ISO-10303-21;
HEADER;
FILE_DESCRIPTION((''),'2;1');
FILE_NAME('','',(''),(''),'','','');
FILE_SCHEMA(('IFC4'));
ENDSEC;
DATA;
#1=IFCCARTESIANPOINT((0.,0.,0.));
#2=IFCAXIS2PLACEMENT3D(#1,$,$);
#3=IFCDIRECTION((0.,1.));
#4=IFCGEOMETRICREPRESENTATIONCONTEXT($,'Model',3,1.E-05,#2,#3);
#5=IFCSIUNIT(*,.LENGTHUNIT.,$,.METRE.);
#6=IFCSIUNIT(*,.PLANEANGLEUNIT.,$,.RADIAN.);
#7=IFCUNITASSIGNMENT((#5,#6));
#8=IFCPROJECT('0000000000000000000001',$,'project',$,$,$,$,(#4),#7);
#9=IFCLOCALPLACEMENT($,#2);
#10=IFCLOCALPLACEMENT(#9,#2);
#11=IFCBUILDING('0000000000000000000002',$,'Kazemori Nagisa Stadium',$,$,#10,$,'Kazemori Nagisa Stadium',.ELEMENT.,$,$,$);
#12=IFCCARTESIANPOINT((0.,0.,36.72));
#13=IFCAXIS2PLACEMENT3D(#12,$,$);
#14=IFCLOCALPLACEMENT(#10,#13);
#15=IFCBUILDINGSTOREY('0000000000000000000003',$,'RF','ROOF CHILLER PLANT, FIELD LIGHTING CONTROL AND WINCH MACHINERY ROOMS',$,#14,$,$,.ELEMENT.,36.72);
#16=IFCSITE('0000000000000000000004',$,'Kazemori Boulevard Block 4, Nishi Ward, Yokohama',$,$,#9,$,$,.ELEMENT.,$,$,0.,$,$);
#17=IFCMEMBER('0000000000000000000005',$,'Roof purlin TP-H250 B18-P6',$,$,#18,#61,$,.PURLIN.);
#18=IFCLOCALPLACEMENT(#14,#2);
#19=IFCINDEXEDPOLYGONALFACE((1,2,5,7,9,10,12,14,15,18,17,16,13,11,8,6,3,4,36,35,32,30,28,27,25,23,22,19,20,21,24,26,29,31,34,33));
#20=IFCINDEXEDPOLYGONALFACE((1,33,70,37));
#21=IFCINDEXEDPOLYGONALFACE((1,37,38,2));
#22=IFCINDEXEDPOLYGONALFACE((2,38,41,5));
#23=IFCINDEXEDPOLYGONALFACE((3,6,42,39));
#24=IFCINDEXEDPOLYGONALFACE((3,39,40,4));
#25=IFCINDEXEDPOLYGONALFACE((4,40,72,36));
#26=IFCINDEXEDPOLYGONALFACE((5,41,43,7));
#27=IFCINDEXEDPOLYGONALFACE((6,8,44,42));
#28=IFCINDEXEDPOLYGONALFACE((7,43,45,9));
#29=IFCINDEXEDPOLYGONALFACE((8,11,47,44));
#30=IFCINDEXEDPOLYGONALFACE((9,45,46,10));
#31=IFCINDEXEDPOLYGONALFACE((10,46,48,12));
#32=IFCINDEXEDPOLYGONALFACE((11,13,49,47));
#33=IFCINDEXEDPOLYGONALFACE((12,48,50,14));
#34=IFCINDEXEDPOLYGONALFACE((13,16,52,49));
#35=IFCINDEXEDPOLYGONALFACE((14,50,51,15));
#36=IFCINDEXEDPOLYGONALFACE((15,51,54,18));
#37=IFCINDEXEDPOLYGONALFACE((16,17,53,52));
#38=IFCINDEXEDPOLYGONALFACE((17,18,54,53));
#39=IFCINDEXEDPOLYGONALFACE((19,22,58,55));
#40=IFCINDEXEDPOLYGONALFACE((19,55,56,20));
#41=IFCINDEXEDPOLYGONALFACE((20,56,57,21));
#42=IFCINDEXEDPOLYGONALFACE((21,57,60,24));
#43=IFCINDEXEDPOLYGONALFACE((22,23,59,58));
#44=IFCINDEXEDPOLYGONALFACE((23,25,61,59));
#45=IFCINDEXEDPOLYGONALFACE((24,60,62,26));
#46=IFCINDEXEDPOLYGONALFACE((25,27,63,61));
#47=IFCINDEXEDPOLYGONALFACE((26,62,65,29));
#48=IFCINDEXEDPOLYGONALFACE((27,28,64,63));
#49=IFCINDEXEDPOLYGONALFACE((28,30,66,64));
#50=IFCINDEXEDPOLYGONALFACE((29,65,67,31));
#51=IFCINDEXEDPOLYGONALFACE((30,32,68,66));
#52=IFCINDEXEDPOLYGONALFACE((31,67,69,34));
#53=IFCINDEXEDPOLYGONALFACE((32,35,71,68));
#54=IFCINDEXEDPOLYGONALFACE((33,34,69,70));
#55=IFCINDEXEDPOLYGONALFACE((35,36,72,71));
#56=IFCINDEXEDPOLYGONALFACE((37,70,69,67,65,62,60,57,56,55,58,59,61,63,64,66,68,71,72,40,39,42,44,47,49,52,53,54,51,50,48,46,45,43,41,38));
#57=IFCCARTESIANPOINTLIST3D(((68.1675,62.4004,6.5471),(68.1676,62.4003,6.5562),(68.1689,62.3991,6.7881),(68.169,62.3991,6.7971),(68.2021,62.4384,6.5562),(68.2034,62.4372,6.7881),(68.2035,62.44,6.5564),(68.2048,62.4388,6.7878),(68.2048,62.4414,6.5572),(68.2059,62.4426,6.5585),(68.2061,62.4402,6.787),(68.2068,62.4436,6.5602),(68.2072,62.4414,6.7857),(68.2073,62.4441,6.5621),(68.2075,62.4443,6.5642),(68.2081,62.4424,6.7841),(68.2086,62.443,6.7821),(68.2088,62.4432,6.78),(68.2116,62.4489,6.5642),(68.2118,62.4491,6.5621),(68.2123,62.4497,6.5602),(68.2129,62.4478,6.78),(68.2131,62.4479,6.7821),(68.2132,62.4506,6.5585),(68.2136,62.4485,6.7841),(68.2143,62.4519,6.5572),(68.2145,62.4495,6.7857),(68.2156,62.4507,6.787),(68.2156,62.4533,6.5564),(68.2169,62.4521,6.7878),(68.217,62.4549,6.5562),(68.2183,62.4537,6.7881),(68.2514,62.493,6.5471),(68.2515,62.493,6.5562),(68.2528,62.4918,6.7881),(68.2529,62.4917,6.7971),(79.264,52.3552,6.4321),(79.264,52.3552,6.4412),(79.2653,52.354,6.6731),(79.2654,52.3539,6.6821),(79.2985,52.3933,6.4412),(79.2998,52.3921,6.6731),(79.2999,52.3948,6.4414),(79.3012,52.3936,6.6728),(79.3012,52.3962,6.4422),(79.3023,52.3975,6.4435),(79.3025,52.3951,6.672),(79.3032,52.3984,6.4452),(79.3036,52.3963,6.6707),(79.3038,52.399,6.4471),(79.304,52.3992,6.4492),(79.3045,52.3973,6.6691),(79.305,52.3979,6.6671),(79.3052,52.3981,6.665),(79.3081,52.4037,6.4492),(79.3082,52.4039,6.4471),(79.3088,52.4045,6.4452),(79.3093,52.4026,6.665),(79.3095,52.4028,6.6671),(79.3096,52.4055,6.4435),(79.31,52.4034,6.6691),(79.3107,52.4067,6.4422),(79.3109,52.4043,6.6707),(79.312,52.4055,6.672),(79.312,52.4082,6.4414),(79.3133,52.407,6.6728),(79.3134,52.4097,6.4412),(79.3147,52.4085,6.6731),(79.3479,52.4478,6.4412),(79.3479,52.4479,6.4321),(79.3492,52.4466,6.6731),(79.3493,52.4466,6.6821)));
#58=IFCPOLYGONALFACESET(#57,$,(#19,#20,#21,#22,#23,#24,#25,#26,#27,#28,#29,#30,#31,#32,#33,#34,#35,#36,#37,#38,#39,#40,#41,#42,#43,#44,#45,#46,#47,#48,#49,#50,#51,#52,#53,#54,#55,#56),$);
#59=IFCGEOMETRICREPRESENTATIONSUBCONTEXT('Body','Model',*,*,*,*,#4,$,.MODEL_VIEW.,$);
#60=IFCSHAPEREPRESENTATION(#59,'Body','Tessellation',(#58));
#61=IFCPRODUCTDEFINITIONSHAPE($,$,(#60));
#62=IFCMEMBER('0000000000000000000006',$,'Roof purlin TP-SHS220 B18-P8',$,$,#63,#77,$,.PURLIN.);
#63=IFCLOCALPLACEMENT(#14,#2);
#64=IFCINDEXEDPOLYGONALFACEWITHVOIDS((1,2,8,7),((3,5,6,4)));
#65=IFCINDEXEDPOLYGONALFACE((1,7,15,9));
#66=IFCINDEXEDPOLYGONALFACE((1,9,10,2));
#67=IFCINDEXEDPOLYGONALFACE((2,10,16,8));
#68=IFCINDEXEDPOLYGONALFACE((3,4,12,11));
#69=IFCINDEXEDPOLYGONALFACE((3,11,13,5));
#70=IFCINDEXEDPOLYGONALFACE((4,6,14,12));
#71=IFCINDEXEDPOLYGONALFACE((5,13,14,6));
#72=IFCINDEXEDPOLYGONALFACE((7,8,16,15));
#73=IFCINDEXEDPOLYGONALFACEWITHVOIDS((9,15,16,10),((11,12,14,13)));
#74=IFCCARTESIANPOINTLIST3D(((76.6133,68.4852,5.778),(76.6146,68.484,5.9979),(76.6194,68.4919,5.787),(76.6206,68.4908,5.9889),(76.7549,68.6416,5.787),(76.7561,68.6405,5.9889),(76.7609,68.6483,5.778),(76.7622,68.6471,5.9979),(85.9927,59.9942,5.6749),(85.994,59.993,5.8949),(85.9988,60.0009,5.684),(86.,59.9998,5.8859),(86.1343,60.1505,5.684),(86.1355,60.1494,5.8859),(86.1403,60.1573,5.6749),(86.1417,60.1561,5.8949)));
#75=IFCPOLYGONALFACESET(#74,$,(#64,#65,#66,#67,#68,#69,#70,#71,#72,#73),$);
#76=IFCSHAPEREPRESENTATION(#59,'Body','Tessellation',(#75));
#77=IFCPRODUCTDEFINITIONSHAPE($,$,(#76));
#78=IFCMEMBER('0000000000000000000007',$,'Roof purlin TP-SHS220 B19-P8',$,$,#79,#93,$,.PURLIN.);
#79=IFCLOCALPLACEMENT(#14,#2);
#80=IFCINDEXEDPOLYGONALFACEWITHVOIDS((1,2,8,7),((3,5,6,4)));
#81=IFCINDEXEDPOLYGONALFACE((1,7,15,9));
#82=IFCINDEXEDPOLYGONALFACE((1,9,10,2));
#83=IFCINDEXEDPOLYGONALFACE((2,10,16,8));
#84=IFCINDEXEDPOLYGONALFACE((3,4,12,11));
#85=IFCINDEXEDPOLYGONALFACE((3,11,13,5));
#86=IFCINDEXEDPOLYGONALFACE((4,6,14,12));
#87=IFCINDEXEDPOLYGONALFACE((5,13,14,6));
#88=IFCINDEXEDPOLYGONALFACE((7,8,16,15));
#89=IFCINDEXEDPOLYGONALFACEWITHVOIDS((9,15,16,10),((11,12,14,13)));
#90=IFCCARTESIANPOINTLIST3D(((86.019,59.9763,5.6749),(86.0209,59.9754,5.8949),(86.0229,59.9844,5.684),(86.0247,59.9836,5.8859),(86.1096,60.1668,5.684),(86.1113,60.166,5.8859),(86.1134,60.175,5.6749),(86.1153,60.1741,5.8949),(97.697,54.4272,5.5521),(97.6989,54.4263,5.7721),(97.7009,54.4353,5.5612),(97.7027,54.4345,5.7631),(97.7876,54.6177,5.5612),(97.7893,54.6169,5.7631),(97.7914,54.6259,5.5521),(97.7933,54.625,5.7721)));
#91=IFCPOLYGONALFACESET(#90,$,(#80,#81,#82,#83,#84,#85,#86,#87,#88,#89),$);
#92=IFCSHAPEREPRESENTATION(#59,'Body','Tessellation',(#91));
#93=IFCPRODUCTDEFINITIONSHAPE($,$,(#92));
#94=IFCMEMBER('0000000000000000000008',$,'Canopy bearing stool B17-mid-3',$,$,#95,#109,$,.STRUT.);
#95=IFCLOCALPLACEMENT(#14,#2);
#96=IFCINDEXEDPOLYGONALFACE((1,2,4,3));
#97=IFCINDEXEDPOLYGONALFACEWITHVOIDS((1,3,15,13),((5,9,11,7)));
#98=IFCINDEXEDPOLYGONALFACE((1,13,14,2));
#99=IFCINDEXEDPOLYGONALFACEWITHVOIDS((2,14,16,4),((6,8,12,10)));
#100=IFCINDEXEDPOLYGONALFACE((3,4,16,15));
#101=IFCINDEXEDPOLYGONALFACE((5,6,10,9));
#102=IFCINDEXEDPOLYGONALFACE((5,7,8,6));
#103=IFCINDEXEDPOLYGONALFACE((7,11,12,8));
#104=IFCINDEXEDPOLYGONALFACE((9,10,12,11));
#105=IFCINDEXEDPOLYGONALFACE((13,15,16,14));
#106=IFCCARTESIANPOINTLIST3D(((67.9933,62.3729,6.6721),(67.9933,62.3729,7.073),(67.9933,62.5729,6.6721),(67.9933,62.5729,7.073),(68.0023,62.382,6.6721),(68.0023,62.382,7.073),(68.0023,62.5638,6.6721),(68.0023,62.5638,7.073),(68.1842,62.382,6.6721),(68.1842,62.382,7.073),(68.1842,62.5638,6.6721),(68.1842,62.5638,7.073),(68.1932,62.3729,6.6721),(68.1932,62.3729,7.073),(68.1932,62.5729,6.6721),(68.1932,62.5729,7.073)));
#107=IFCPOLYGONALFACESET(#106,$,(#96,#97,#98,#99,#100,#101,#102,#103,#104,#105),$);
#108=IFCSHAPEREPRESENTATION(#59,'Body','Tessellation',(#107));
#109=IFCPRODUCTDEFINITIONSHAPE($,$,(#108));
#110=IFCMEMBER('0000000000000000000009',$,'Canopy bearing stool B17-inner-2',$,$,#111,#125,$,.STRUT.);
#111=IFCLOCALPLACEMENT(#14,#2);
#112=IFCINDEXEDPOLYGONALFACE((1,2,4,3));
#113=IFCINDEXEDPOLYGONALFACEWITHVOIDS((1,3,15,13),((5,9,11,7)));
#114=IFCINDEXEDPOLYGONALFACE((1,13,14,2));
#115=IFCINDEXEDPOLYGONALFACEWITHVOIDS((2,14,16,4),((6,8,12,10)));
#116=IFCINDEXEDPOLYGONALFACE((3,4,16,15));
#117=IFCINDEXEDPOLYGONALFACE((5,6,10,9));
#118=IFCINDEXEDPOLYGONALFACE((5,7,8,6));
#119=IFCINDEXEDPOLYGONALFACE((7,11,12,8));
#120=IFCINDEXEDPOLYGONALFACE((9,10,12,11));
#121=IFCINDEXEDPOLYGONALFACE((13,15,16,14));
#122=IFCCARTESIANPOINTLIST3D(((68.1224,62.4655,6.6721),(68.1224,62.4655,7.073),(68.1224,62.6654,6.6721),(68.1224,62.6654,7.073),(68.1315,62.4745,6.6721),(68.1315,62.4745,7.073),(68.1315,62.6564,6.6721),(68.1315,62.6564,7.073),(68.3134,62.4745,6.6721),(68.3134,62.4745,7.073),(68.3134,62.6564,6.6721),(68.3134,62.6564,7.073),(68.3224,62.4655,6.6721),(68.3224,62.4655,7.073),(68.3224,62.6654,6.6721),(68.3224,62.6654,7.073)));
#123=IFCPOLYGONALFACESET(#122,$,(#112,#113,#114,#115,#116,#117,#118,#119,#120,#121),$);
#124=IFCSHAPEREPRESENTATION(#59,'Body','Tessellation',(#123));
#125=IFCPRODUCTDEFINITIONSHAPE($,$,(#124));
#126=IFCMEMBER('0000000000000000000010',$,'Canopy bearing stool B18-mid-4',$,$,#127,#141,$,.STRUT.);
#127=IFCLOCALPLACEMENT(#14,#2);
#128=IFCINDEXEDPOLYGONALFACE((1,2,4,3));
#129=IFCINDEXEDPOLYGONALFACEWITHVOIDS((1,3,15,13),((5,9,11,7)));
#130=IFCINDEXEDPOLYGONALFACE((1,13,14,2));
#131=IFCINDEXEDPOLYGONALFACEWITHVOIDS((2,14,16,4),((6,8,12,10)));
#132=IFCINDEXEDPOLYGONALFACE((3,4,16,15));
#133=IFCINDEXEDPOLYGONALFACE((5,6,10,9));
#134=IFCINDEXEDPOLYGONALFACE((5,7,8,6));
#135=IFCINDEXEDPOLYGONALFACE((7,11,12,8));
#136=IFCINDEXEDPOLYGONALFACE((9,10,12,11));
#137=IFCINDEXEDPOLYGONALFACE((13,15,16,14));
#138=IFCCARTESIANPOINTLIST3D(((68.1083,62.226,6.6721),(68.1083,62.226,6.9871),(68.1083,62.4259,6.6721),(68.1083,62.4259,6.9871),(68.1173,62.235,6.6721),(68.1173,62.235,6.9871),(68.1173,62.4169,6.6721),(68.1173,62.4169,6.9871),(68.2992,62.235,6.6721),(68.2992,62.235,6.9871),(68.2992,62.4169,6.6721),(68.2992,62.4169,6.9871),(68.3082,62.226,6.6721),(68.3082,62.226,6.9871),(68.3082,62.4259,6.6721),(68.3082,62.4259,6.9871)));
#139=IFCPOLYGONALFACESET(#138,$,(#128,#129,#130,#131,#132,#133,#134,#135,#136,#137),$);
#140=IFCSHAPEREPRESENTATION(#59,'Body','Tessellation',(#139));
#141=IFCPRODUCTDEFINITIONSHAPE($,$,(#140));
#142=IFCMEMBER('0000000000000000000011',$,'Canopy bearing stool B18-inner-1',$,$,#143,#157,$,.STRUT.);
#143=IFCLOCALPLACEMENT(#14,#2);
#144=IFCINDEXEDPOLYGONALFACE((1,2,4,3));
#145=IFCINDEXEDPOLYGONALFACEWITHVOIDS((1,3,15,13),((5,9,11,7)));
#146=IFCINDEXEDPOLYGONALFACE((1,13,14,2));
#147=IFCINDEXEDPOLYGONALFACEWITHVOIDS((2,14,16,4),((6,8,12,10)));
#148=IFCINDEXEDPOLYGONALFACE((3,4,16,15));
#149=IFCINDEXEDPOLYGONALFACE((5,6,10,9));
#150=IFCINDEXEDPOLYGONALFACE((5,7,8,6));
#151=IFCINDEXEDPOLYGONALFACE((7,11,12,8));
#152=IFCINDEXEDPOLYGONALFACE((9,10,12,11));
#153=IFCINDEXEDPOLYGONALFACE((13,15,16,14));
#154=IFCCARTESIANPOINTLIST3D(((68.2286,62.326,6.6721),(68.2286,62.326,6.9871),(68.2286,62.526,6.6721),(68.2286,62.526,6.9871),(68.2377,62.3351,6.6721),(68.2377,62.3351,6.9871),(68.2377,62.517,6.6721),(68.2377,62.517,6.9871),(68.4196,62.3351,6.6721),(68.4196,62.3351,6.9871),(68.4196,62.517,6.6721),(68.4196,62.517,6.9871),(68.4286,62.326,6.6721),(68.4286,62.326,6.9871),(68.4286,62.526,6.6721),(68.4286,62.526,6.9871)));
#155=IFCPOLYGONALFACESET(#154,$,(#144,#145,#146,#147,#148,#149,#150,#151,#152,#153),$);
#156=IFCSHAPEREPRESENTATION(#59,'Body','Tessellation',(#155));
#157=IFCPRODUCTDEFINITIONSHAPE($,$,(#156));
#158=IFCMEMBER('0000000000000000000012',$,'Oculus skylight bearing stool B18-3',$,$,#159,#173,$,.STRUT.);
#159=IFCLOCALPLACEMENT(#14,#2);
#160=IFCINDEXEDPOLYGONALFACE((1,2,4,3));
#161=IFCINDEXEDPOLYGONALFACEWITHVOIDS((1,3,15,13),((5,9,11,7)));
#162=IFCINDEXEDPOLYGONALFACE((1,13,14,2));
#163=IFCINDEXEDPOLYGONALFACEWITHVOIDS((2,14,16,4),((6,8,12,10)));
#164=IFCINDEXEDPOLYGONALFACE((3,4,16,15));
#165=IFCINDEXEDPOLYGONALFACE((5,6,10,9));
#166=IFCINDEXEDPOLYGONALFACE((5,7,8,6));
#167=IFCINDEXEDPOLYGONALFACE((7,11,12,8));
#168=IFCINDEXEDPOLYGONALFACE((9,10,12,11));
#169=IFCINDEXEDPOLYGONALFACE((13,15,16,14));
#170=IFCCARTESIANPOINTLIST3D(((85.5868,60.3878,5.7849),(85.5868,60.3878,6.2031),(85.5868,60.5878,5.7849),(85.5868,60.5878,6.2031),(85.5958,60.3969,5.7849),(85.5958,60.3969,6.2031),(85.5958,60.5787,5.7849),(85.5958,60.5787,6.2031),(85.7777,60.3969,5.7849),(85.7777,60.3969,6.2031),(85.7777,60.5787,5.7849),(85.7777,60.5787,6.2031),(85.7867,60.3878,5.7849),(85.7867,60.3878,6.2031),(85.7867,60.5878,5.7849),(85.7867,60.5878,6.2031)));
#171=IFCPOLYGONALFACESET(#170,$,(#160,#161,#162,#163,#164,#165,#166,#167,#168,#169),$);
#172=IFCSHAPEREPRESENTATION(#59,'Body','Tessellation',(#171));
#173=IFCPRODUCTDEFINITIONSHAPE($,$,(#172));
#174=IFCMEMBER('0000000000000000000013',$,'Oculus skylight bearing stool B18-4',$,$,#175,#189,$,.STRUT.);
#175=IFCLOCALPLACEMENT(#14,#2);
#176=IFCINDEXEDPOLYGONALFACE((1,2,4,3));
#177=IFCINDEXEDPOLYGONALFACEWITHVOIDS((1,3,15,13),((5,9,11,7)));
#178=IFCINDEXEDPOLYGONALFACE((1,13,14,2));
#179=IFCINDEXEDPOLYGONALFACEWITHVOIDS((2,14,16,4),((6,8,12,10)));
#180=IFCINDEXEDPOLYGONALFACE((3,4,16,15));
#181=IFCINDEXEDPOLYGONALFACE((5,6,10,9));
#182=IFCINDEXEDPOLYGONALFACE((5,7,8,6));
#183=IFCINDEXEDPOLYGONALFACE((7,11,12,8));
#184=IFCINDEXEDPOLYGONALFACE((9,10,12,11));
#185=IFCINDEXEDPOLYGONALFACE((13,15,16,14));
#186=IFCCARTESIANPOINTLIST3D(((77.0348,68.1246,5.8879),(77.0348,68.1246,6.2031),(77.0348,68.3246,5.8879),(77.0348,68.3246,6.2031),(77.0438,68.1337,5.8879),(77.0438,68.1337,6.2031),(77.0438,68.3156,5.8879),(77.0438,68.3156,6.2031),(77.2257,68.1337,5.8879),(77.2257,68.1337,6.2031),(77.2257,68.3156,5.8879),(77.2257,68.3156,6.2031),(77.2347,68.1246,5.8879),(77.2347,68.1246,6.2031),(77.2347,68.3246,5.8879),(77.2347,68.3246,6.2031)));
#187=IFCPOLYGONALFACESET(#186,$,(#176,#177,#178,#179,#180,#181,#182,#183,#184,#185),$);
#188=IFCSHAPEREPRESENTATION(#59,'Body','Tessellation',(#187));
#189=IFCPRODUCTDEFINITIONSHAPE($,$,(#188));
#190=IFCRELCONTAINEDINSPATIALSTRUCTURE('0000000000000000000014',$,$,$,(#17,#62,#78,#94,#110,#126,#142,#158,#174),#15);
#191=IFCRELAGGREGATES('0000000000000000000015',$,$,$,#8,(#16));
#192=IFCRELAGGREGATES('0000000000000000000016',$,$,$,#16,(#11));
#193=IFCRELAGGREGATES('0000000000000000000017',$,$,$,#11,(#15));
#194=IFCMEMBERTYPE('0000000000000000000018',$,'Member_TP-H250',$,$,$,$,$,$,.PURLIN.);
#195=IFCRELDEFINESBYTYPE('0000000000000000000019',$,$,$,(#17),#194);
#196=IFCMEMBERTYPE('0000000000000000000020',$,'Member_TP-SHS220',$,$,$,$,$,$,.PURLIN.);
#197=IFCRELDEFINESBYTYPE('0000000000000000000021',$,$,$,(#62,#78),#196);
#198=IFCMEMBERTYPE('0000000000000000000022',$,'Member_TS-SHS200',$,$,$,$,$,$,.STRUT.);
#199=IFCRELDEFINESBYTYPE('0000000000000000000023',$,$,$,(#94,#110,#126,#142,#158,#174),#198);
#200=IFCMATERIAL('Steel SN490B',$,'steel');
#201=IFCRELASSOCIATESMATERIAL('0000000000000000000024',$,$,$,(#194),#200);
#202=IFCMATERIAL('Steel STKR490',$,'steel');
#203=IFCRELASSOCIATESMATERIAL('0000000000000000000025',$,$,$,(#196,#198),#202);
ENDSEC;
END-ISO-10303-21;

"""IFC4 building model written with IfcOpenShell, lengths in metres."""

from ifc_helpers import new_model, si_unit, direction, frame, origin, origin_2d, place, context, subcontext, project, spatial, hollow_rectangle, i_section, extrude, material, material_profile, profile_set, type_object, element, save


model = new_model("IFC4")

# Units and contexts
model_context = context("Model", 3, precision=1e-05, world=origin(), true_north=direction((0.0, 1.0)))
body_context = subcontext(model_context, "Body", "Model", "MODEL_VIEW")
ifc_project = project(units=[si_unit("LENGTHUNIT", "METRE"), si_unit("PLANEANGLEUNIT", "RADIAN")], contexts=[model_context])

# Site, building, storey
site_placement = place(None, origin())
site = spatial("IfcSite", under=ifc_project, at=site_placement, Name="Kazemori Boulevard Block 4, Nishi Ward, Yokohama", CompositionType="ELEMENT", RefElevation=0.0)
building_placement = place(site_placement, origin())
building = spatial("IfcBuilding", under=site, at=building_placement, Name="Kazemori Nagisa Stadium", LongName="Kazemori Nagisa Stadium", CompositionType="ELEMENT")
storey_placement = place(building_placement, frame((0.0, 0.0, 36.72)))
storey = spatial("IfcBuildingStorey", under=building, at=storey_placement, Name="RF", Description="ROOF CHILLER PLANT, FIELD LIGHTING CONTROL AND WINCH MACHINERY ROOMS", CompositionType="ELEMENT", Elevation=36.72)

# Members
ifc_material_1 = material(Name="Steel STKR490", Category="steel")
ifc_material_2 = material(Name="Steel SN490B", Category="steel")
ifc_material_profile_1 = material_profile(ifc_material_2, i_section(OverallWidth=0.125, OverallDepth=0.25, WebThickness=0.0061, FlangeThickness=0.009, FilletRadius=0.0081, at=origin_2d()), Name="H-250x125x6x9")
ifc_profile_set_1 = profile_set([ifc_material_profile_1], Name="Steel SN490B")
member_type_1 = type_object("IfcMemberType", Name="Member_TP-H250", PredefinedType="PURLIN", material=ifc_profile_set_1)
member_1_placement = place(storey_placement, frame((68.2102, 62.446, 6.6721), z_axis=(0.74133, -0.671097, -0.007682), x_axis=(0.671117, 0.741352, 0.0)))
element("IfcMember", 1, at=member_1_placement, inside=storey, type_object=member_type_1, Name="Roof purlin TP-H250 B18-P6", PredefinedType="PURLIN", context=body_context, shape_type="SweptSolid", body=[
    extrude(i_section(OverallWidth=0.125, OverallDepth=0.25, WebThickness=0.0061, FlangeThickness=0.009, FilletRadius=0.0081, at=origin_2d()), origin(), (0.0, 0.0, 1.0), 14.9683),
])
ifc_material_profile_2 = material_profile(ifc_material_1, hollow_rectangle(XDim=0.22, YDim=0.22, WallThickness=0.009, at=origin_2d()), Name="SHS-220x220x9")
ifc_profile_set_2 = profile_set([ifc_material_profile_2], Name="Steel STKR490")
member_type_2 = type_object("IfcMemberType", Name="Member_TP-SHS220", PredefinedType="PURLIN", material=ifc_profile_set_2)
member_2_placement = place(storey_placement, frame((76.6877, 68.5662, 5.8879), z_axis=(0.741321, -0.671102, -0.008143), x_axis=(0.671124, 0.741345, 0.0)))
element("IfcMember", 2, at=member_2_placement, inside=storey, type_object=member_type_2, Name="Roof purlin TP-SHS220 B18-P8", PredefinedType="PURLIN", context=body_context, shape_type="SweptSolid", body=[
    extrude(hollow_rectangle(XDim=0.22, YDim=0.22, WallThickness=0.009, at=origin_2d()), origin(), (0.0, 0.0, 1.0), 12.6523),
])
member_3_placement = place(storey_placement, frame((86.0671, 60.0752, 5.7849), z_axis=(0.903176, -0.429166, -0.009498), x_axis=(0.429185, 0.903217, 0.0)))
element("IfcMember", 3, at=member_3_placement, inside=storey, type_object=member_type_2, Name="Roof purlin TP-SHS220 B19-P8", PredefinedType="PURLIN", context=body_context, shape_type="SweptSolid", body=[
    extrude(hollow_rectangle(XDim=0.22, YDim=0.22, WallThickness=0.009, at=origin_2d()), origin(), (0.0, 0.0, 1.0), 12.9299),
])
ifc_material_profile_3 = material_profile(ifc_material_1, hollow_rectangle(XDim=0.2, YDim=0.2, WallThickness=0.009, at=origin_2d()), Name="SHS-200x200x9")
ifc_profile_set_3 = profile_set([ifc_material_profile_3], Name="Steel STKR490")
member_type_3 = type_object("IfcMemberType", Name="Member_TS-SHS200", PredefinedType="STRUT", material=ifc_profile_set_3)
for number, where, z_axis, x_axis, name in (
    (4, (68.0933, 62.4729, 6.6721), (0.0, 0.0, 1.0), (1.0, 0.0, 0.0), "Canopy bearing stool B17-mid-3"),
    (5, (68.2224, 62.5654, 6.6721), (0.0, 0.0, 1.0), (1.0, 0.0, 0.0), "Canopy bearing stool B17-inner-2"),
):
    element("IfcMember", number, at=place(storey_placement, frame(where, z_axis=z_axis, x_axis=x_axis)), inside=storey, type_object=member_type_3, Name=name, PredefinedType="STRUT", context=body_context, shape_type="SweptSolid", body=[
        extrude(hollow_rectangle(XDim=0.2, YDim=0.2, WallThickness=0.009, at=origin_2d()), origin(), (0.0, 0.0, 1.0), 0.4009),
    ])
for number, where, z_axis, x_axis, name in (
    (6, (68.2083, 62.3259, 6.6721), (0.0, 0.0, 1.0), (1.0, 0.0, 0.0), "Canopy bearing stool B18-mid-4"),
    (7, (68.3286, 62.426, 6.6721), (0.0, 0.0, 1.0), (1.0, 0.0, 0.0), "Canopy bearing stool B18-inner-1"),
):
    element("IfcMember", number, at=place(storey_placement, frame(where, z_axis=z_axis, x_axis=x_axis)), inside=storey, type_object=member_type_3, Name=name, PredefinedType="STRUT", context=body_context, shape_type="SweptSolid", body=[
        extrude(hollow_rectangle(XDim=0.2, YDim=0.2, WallThickness=0.009, at=origin_2d()), origin(), (0.0, 0.0, 1.0), 0.3149),
    ])
member_4_placement = place(storey_placement, frame((85.6868, 60.4878, 5.7849), z_axis=(0.0, 0.0, 1.0), x_axis=(1.0, 0.0, 0.0)))
element("IfcMember", 8, at=member_4_placement, inside=storey, type_object=member_type_3, Name="Oculus skylight bearing stool B18-3", PredefinedType="STRUT", context=body_context, shape_type="SweptSolid", body=[
    extrude(hollow_rectangle(XDim=0.2, YDim=0.2, WallThickness=0.009, at=origin_2d()), origin(), (0.0, 0.0, 1.0), 0.4182),
])
member_5_placement = place(storey_placement, frame((77.1348, 68.2246, 5.8879), z_axis=(0.0, 0.0, 1.0), x_axis=(1.0, 0.0, 0.0)))
element("IfcMember", 9, at=member_5_placement, inside=storey, type_object=member_type_3, Name="Oculus skylight bearing stool B18-4", PredefinedType="STRUT", context=body_context, shape_type="SweptSolid", body=[
    extrude(hollow_rectangle(XDim=0.2, YDim=0.2, WallThickness=0.009, at=origin_2d()), origin(), (0.0, 0.0, 1.0), 0.3152),
])

save(model, "model.ifc")
